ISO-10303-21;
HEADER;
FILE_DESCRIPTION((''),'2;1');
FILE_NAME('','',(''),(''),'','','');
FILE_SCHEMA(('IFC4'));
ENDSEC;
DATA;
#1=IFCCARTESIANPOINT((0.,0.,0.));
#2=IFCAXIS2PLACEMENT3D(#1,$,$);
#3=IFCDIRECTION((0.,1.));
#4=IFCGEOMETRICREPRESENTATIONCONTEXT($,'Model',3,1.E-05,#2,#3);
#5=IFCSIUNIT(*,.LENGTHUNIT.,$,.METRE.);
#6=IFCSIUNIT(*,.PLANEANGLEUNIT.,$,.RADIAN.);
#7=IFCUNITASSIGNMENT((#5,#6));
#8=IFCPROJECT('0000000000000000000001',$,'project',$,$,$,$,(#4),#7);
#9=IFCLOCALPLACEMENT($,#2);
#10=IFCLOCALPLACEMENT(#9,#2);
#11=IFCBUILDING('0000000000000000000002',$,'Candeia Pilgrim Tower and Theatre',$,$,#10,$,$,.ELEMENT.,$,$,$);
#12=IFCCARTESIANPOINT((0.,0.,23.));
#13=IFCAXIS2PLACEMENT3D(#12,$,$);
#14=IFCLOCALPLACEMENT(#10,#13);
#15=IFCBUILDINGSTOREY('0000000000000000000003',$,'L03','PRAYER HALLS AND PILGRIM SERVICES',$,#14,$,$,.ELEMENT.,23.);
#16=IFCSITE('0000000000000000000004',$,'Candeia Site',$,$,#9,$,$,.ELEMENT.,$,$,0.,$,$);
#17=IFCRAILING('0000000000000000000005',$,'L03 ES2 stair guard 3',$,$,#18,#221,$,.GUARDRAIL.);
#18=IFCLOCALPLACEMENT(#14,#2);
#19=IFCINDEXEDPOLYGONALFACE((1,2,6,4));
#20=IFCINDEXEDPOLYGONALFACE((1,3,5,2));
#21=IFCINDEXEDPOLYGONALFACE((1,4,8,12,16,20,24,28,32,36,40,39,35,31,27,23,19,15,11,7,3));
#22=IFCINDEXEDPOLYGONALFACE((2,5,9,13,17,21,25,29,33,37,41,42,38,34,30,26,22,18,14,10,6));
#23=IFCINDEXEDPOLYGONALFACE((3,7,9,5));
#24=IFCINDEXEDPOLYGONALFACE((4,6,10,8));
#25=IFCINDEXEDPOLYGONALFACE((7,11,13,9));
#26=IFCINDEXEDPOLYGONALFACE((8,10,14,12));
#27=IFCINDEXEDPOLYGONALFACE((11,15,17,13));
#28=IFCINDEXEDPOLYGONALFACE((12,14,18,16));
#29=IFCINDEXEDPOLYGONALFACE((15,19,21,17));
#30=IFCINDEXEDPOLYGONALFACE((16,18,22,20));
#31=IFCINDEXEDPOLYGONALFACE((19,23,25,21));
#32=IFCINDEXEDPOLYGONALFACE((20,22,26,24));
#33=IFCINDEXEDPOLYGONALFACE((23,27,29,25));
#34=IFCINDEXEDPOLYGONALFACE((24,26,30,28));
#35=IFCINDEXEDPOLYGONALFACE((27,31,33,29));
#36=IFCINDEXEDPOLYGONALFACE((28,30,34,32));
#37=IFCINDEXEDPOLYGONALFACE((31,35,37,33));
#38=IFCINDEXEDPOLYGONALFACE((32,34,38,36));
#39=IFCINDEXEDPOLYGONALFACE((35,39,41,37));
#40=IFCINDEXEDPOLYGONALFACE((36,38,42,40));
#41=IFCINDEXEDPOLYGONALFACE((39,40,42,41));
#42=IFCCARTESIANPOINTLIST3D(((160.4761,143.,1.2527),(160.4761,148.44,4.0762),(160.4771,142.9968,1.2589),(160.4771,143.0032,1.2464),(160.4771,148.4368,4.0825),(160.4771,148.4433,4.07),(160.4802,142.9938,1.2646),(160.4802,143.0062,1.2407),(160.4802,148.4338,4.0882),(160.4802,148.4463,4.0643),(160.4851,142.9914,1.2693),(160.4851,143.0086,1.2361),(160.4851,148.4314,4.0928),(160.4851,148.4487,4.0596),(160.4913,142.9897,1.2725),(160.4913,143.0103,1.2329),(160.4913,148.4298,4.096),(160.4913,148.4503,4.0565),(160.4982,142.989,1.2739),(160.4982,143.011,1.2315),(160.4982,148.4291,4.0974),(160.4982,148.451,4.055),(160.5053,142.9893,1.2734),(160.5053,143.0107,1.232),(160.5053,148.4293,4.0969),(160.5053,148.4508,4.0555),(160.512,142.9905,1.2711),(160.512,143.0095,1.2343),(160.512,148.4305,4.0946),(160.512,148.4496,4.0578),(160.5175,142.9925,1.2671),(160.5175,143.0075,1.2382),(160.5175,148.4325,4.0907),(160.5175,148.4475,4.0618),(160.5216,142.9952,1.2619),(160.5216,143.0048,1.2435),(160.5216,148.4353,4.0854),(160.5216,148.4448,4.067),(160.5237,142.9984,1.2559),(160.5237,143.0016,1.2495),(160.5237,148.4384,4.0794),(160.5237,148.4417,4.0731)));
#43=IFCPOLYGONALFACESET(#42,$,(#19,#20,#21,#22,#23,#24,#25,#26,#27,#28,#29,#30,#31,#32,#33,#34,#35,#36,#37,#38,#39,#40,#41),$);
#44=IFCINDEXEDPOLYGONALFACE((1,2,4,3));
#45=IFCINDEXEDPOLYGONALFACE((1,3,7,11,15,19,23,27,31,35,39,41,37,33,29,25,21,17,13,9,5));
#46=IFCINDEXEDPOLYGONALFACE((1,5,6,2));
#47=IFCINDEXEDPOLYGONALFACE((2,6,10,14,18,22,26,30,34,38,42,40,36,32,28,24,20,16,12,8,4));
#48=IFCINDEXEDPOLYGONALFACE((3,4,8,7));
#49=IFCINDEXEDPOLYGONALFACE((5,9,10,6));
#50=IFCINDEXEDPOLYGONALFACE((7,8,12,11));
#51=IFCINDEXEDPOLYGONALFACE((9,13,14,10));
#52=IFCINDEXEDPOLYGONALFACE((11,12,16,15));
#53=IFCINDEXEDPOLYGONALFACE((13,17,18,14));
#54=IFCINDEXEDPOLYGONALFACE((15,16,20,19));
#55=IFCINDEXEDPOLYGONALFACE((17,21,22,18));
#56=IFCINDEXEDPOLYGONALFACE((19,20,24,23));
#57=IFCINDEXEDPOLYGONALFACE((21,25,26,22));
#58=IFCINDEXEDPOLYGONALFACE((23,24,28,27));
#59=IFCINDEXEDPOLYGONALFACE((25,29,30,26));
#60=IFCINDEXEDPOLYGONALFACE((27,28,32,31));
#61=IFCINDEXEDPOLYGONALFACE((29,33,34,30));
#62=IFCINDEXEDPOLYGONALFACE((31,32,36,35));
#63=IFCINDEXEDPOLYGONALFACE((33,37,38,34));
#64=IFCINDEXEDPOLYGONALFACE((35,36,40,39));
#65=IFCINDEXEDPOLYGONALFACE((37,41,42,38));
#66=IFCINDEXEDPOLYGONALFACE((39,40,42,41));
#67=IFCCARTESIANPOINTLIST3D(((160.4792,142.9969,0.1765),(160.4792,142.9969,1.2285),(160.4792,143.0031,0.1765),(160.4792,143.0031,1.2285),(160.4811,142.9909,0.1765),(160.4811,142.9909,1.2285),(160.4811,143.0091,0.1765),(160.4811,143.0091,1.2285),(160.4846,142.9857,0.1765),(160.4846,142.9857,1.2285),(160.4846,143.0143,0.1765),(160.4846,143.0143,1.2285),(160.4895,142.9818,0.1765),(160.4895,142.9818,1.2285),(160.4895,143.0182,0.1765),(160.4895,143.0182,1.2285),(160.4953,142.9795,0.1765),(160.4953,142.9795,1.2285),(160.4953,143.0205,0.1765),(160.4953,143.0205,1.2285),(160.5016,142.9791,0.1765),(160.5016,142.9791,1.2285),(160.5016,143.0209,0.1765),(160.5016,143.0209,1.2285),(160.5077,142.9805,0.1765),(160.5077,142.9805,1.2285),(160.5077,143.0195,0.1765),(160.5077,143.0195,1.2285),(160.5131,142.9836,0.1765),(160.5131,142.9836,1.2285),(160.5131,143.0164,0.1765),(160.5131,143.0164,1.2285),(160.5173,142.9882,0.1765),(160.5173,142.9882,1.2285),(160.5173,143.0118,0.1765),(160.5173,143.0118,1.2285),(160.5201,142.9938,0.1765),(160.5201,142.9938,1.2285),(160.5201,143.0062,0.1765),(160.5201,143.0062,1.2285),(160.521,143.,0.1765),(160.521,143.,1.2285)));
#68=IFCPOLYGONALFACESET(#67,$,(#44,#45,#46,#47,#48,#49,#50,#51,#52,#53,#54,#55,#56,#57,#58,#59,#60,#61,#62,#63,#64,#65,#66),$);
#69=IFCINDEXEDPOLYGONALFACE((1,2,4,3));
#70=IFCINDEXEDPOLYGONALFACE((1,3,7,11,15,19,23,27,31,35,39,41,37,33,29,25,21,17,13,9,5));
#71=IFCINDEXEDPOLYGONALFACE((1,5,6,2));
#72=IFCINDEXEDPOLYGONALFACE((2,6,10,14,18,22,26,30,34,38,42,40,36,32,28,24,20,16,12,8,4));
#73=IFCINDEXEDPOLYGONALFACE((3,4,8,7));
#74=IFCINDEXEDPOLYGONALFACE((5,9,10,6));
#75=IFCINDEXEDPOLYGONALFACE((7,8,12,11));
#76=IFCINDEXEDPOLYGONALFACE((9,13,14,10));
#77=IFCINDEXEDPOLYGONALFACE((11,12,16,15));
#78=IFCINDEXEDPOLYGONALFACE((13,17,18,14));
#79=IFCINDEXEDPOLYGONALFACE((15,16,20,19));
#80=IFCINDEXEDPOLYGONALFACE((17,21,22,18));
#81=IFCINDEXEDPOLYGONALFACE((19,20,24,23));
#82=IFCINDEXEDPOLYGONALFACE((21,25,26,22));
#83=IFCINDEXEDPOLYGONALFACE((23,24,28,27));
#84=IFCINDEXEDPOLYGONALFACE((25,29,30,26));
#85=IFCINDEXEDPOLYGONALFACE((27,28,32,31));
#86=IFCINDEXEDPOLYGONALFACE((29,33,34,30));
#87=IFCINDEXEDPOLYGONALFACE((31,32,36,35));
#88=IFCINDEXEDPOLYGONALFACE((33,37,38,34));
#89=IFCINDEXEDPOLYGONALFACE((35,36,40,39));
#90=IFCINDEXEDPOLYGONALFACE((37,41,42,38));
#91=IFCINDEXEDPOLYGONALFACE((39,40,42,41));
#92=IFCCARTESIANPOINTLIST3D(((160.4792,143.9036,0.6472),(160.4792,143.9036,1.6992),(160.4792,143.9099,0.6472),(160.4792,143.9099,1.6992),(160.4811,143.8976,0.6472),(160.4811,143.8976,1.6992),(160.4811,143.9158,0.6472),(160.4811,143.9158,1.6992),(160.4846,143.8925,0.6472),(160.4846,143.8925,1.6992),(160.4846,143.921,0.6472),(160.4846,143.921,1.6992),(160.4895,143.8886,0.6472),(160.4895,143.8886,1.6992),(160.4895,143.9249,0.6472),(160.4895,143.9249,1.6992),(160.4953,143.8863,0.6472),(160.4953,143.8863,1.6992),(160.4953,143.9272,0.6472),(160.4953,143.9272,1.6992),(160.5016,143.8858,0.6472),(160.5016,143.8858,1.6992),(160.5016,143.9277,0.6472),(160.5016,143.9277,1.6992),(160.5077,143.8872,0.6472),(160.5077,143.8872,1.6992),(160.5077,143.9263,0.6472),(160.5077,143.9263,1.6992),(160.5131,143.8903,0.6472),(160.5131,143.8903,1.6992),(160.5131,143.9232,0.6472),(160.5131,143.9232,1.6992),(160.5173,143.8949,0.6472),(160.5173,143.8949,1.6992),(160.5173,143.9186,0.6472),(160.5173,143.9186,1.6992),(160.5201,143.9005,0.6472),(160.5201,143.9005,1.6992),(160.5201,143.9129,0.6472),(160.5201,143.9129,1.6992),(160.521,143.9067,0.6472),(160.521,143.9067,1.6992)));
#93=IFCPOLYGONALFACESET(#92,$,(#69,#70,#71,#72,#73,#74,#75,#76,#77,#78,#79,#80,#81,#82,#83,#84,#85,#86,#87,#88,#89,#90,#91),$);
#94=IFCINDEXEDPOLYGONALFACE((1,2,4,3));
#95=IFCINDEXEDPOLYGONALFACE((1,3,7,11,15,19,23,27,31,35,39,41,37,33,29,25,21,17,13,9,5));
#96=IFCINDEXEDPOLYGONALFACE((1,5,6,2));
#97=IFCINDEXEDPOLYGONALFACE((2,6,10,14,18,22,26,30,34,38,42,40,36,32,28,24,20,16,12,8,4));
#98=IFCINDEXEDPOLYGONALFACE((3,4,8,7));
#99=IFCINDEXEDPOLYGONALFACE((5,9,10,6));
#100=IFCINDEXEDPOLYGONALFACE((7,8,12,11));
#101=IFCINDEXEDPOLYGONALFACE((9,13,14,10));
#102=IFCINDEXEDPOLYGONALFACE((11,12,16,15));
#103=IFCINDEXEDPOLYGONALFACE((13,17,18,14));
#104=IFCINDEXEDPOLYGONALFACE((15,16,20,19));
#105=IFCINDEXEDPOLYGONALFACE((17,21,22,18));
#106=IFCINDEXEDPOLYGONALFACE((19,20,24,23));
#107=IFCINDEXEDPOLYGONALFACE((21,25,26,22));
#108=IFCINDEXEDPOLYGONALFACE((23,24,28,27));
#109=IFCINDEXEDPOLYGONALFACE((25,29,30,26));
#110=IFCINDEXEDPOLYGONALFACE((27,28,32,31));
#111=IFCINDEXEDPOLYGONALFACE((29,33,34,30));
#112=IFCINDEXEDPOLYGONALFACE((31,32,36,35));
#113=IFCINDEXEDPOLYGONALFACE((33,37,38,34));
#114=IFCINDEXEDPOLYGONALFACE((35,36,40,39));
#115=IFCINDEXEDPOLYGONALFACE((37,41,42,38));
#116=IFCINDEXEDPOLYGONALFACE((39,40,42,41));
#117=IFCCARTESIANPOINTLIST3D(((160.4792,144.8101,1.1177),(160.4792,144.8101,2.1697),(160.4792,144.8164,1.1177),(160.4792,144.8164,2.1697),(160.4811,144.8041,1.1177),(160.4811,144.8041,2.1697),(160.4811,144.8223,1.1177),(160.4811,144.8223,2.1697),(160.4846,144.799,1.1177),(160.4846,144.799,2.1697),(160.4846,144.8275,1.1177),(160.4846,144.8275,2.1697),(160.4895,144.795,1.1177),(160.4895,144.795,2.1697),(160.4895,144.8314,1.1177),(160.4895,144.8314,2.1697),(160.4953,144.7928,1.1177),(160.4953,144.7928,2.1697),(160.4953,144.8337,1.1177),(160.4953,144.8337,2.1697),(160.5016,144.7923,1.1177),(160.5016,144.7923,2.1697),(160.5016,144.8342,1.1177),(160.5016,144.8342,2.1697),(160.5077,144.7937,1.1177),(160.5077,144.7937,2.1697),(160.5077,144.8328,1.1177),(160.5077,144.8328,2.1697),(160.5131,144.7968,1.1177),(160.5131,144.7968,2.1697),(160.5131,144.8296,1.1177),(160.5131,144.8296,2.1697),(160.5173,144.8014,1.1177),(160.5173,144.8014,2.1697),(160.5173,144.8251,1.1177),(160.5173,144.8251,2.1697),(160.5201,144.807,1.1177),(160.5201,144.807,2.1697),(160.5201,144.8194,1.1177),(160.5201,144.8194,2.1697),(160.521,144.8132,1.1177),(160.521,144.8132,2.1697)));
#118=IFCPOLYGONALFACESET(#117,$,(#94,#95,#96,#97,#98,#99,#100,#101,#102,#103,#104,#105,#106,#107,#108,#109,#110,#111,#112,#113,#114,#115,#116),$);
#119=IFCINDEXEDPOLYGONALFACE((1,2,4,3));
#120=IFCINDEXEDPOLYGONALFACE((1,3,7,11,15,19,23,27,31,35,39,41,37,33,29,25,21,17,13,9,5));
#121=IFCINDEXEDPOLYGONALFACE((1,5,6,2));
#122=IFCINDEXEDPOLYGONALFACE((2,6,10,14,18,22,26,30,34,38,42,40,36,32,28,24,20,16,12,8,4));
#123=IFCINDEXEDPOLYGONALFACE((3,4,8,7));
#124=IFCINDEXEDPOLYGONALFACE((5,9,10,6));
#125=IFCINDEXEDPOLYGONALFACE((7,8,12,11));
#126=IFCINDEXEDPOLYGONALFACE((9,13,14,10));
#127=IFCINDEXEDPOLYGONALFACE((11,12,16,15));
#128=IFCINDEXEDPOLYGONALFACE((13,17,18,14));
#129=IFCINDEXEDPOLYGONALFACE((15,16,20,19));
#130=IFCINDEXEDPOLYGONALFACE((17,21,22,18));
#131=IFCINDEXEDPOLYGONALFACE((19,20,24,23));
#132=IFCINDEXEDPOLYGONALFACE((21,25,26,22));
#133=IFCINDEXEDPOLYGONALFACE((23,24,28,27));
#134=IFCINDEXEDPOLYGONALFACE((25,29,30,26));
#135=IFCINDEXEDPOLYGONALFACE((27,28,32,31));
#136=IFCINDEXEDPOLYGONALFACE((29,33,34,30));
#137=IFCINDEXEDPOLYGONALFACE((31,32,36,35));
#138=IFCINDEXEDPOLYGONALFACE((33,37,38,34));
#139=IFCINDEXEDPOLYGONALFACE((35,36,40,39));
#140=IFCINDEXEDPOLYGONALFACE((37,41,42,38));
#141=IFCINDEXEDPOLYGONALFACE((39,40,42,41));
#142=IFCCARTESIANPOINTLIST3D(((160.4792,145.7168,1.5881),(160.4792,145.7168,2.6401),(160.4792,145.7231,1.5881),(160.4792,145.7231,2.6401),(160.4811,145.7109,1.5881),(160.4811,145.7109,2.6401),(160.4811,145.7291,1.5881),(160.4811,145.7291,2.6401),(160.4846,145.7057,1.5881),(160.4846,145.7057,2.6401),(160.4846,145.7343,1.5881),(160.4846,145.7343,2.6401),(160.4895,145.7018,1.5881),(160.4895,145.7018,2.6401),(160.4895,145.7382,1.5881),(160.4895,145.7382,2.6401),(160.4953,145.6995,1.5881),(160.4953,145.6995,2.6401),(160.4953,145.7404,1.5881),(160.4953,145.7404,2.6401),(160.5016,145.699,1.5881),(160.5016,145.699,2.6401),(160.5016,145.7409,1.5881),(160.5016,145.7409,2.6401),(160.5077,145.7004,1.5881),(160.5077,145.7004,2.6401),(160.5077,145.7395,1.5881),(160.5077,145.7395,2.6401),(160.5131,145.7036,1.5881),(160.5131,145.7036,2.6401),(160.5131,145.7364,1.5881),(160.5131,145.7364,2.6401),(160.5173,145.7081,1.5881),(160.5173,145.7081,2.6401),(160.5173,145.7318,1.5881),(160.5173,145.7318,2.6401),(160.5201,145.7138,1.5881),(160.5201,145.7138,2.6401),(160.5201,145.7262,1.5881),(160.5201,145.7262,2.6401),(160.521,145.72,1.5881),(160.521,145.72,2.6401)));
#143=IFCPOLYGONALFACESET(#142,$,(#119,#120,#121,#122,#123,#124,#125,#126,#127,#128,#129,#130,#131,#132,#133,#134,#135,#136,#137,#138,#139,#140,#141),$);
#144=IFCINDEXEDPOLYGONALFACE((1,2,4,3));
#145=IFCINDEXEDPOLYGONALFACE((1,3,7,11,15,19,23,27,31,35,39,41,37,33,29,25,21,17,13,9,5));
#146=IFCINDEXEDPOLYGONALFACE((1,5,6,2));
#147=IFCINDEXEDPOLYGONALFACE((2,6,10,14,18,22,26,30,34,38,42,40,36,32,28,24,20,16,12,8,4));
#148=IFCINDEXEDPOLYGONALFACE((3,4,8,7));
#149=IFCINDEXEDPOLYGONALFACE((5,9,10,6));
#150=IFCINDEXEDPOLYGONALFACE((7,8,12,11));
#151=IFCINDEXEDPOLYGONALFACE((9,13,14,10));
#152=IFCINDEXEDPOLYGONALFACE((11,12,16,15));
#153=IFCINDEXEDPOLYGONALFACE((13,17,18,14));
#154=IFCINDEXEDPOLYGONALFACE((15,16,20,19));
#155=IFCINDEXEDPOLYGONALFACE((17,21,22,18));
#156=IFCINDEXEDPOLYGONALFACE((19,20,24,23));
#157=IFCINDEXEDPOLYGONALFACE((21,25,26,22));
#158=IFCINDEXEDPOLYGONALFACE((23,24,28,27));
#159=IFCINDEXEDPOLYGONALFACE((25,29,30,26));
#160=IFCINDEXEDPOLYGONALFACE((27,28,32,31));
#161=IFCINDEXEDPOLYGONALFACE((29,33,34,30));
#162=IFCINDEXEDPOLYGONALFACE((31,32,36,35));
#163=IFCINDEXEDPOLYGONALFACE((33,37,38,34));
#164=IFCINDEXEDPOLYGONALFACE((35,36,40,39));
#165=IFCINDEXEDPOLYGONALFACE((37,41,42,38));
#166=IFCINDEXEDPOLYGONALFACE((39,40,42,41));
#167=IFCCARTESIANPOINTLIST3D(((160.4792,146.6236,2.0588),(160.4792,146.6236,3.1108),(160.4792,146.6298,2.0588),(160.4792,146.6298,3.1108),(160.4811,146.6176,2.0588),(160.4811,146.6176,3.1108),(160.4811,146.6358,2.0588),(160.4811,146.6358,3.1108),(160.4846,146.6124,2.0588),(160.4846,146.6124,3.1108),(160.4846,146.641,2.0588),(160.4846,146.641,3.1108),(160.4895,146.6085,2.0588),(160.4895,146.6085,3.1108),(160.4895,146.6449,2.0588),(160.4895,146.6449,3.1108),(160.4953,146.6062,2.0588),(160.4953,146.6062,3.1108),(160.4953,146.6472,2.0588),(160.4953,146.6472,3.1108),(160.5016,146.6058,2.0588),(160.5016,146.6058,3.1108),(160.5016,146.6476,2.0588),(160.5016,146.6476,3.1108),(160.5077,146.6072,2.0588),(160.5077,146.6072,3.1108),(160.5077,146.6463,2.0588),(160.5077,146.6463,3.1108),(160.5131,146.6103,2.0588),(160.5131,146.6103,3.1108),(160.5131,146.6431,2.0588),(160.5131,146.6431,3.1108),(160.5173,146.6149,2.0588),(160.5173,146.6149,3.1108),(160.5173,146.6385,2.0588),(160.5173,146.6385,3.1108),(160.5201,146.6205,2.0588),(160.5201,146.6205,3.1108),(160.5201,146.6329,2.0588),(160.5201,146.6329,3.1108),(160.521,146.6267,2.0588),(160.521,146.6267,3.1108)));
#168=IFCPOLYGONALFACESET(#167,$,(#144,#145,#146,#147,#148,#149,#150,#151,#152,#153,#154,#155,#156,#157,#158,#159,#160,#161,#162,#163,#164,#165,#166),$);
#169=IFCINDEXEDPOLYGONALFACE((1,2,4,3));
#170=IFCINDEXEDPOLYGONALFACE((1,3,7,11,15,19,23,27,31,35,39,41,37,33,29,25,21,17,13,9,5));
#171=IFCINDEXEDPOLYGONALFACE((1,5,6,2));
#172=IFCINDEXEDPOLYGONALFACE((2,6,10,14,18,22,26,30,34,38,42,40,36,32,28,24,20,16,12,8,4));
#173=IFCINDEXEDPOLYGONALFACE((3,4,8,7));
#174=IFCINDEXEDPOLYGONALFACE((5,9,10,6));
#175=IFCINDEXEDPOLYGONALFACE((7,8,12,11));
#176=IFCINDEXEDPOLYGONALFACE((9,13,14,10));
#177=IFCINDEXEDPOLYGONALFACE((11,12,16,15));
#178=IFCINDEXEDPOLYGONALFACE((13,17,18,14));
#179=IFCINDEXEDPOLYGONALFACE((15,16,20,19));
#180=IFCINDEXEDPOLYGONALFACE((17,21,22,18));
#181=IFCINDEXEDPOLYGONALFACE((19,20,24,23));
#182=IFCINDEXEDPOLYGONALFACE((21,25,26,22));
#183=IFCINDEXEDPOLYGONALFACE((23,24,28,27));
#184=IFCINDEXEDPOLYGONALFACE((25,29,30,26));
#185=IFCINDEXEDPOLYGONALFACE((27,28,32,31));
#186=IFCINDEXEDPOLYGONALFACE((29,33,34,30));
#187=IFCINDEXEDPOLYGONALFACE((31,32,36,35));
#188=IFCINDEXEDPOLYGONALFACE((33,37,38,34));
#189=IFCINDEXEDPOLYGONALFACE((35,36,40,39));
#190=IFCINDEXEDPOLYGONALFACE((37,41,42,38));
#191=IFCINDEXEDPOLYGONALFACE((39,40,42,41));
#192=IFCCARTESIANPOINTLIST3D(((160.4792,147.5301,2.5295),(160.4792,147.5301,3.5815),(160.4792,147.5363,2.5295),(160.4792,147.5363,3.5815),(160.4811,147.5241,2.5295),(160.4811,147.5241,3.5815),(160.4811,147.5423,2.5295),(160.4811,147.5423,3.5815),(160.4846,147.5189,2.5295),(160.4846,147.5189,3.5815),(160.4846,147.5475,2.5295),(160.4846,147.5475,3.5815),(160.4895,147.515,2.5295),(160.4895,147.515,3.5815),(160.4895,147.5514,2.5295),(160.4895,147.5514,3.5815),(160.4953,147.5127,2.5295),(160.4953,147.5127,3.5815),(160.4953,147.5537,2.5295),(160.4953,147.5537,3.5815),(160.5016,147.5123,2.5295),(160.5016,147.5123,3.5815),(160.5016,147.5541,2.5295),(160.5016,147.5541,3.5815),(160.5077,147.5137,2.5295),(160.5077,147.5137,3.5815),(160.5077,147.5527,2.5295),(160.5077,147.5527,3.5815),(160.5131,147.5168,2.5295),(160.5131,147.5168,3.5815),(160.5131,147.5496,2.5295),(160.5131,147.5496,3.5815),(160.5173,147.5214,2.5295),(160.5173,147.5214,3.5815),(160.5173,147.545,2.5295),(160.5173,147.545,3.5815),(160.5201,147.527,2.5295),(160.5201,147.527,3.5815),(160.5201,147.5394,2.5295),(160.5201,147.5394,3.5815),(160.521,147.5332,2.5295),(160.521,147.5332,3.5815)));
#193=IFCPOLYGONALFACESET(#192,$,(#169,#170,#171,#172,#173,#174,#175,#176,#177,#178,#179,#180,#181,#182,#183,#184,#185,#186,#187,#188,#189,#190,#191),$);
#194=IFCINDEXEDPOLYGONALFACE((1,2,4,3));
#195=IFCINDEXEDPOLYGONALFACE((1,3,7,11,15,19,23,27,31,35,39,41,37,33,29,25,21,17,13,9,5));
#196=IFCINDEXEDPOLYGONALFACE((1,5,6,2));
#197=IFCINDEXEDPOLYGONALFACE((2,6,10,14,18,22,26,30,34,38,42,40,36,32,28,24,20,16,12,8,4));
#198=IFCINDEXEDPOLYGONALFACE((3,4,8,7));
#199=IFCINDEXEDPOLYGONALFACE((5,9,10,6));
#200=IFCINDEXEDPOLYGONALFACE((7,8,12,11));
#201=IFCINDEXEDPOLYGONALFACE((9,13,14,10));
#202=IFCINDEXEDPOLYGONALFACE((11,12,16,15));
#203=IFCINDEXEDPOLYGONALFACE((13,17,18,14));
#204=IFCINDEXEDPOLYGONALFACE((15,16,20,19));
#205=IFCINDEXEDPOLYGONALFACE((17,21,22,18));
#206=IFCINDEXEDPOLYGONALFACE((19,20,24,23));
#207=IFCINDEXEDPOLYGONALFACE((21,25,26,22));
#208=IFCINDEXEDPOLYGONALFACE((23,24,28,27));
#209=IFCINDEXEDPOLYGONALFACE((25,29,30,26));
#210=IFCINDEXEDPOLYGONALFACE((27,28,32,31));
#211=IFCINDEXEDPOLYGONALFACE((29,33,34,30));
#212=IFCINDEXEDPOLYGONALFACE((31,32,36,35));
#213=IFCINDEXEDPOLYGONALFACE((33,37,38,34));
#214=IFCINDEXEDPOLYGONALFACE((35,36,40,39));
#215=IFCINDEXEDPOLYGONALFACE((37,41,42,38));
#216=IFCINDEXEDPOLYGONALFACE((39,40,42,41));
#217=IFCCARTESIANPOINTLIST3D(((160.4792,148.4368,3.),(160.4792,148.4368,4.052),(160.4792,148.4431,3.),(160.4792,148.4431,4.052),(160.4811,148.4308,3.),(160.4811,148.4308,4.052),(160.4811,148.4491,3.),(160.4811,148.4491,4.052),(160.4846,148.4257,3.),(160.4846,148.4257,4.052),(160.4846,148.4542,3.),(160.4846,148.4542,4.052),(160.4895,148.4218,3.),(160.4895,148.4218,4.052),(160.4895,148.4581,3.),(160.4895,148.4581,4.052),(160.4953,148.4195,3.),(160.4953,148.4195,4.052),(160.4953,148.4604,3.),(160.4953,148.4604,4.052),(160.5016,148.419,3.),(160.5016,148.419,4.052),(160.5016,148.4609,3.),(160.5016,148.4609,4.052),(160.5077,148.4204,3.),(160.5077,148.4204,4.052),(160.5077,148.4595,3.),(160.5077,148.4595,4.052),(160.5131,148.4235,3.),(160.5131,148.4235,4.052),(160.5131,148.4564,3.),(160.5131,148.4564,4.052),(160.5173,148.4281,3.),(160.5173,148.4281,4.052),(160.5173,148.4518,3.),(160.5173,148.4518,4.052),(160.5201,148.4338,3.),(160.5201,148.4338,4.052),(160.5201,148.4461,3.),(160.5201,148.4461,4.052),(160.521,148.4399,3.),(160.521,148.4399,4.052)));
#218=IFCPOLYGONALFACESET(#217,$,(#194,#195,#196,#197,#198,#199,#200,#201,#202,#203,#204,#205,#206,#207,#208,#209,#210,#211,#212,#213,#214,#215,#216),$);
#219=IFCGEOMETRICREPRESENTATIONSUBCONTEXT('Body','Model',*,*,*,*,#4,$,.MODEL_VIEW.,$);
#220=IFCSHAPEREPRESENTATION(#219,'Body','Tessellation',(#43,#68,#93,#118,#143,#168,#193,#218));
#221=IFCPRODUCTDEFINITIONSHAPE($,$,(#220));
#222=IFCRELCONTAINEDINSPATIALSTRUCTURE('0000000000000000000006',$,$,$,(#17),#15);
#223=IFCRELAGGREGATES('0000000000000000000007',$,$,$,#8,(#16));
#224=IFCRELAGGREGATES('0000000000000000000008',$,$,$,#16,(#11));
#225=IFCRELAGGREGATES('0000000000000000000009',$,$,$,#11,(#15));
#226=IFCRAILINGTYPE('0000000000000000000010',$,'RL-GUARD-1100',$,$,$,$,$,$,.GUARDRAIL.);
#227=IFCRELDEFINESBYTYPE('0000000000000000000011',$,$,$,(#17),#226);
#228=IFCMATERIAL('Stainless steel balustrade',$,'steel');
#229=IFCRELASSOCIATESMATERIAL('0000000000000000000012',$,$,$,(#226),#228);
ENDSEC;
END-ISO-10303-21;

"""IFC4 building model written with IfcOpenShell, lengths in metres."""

from ifc_helpers import new_model, si_unit, direction, frame, origin, origin_2d, place, context, subcontext, project, spatial, circle, extrude, material, type_object, element, save


model = new_model("IFC4")

# Units and contexts
model_context = context("Model", 3, precision=1e-05, world=origin(), true_north=direction((0.0, 1.0)))
body_context = subcontext(model_context, "Body", "Model", "MODEL_VIEW")
ifc_project = project(units=[si_unit("LENGTHUNIT", "METRE"), si_unit("PLANEANGLEUNIT", "RADIAN")], contexts=[model_context])

# Site, building, storey
site_placement = place(None, origin())
site = spatial("IfcSite", under=ifc_project, at=site_placement, Name="Candeia Site", CompositionType="ELEMENT", RefElevation=0.0)
building_placement = place(site_placement, origin())
building = spatial("IfcBuilding", under=site, at=building_placement, Name="Candeia Pilgrim Tower and Theatre", CompositionType="ELEMENT")
storey_placement = place(building_placement, frame((0.0, 0.0, 23.0)))
storey = spatial("IfcBuildingStorey", under=building, at=storey_placement, Name="L03", Description="PRAYER HALLS AND PILGRIM SERVICES", CompositionType="ELEMENT", Elevation=23.0)

# Railing
ifc_material_1 = material(Name="Stainless steel balustrade", Category="steel")
railing_type_1 = type_object("IfcRailingType", Name="RL-GUARD-1100", PredefinedType="GUARDRAIL", material=ifc_material_1)
railing_1_placement = place(storey_placement, frame((160.5, 143.0, 0.1765)))
element("IfcRailing", 1, at=railing_1_placement, inside=storey, type_object=railing_type_1, Name="L03 ES2 stair guard 3", PredefinedType="GUARDRAIL", context=body_context, shape_type="SweptSolid", body=[
    extrude(circle(Radius=0.0239, at=origin_2d()), frame((0.0, 0.0, 1.0762), z_axis=(0.0, 0.887569, 0.460674), x_axis=(-1.0, 0.0, 0.0)), (0.0, 0.0, 1.0), 6.1292),
    extrude(circle(Radius=0.021, at=origin_2d()), origin(), (0.0, 0.0, 1.0), 1.052),
    extrude(circle(Radius=0.021, at=origin_2d()), frame((0.0, 0.9067, 0.4707)), (0.0, 0.0, 1.0), 1.052),
    extrude(circle(Radius=0.021, at=origin_2d()), frame((0.0, 1.8132, 0.9412)), (0.0, 0.0, 1.0), 1.052),
    extrude(circle(Radius=0.021, at=origin_2d()), frame((0.0, 2.72, 1.4116)), (0.0, 0.0, 1.0), 1.052),
    extrude(circle(Radius=0.021, at=origin_2d()), frame((0.0, 3.6267, 1.8823)), (0.0, 0.0, 1.0), 1.052),
    extrude(circle(Radius=0.021, at=origin_2d()), frame((0.0, 4.5332, 2.353)), (0.0, 0.0, 1.0), 1.052),
    extrude(circle(Radius=0.021, at=origin_2d()), frame((0.0, 5.4399, 2.8235)), (0.0, 0.0, 1.0), 1.052),
])

save(model, "model.ifc")
